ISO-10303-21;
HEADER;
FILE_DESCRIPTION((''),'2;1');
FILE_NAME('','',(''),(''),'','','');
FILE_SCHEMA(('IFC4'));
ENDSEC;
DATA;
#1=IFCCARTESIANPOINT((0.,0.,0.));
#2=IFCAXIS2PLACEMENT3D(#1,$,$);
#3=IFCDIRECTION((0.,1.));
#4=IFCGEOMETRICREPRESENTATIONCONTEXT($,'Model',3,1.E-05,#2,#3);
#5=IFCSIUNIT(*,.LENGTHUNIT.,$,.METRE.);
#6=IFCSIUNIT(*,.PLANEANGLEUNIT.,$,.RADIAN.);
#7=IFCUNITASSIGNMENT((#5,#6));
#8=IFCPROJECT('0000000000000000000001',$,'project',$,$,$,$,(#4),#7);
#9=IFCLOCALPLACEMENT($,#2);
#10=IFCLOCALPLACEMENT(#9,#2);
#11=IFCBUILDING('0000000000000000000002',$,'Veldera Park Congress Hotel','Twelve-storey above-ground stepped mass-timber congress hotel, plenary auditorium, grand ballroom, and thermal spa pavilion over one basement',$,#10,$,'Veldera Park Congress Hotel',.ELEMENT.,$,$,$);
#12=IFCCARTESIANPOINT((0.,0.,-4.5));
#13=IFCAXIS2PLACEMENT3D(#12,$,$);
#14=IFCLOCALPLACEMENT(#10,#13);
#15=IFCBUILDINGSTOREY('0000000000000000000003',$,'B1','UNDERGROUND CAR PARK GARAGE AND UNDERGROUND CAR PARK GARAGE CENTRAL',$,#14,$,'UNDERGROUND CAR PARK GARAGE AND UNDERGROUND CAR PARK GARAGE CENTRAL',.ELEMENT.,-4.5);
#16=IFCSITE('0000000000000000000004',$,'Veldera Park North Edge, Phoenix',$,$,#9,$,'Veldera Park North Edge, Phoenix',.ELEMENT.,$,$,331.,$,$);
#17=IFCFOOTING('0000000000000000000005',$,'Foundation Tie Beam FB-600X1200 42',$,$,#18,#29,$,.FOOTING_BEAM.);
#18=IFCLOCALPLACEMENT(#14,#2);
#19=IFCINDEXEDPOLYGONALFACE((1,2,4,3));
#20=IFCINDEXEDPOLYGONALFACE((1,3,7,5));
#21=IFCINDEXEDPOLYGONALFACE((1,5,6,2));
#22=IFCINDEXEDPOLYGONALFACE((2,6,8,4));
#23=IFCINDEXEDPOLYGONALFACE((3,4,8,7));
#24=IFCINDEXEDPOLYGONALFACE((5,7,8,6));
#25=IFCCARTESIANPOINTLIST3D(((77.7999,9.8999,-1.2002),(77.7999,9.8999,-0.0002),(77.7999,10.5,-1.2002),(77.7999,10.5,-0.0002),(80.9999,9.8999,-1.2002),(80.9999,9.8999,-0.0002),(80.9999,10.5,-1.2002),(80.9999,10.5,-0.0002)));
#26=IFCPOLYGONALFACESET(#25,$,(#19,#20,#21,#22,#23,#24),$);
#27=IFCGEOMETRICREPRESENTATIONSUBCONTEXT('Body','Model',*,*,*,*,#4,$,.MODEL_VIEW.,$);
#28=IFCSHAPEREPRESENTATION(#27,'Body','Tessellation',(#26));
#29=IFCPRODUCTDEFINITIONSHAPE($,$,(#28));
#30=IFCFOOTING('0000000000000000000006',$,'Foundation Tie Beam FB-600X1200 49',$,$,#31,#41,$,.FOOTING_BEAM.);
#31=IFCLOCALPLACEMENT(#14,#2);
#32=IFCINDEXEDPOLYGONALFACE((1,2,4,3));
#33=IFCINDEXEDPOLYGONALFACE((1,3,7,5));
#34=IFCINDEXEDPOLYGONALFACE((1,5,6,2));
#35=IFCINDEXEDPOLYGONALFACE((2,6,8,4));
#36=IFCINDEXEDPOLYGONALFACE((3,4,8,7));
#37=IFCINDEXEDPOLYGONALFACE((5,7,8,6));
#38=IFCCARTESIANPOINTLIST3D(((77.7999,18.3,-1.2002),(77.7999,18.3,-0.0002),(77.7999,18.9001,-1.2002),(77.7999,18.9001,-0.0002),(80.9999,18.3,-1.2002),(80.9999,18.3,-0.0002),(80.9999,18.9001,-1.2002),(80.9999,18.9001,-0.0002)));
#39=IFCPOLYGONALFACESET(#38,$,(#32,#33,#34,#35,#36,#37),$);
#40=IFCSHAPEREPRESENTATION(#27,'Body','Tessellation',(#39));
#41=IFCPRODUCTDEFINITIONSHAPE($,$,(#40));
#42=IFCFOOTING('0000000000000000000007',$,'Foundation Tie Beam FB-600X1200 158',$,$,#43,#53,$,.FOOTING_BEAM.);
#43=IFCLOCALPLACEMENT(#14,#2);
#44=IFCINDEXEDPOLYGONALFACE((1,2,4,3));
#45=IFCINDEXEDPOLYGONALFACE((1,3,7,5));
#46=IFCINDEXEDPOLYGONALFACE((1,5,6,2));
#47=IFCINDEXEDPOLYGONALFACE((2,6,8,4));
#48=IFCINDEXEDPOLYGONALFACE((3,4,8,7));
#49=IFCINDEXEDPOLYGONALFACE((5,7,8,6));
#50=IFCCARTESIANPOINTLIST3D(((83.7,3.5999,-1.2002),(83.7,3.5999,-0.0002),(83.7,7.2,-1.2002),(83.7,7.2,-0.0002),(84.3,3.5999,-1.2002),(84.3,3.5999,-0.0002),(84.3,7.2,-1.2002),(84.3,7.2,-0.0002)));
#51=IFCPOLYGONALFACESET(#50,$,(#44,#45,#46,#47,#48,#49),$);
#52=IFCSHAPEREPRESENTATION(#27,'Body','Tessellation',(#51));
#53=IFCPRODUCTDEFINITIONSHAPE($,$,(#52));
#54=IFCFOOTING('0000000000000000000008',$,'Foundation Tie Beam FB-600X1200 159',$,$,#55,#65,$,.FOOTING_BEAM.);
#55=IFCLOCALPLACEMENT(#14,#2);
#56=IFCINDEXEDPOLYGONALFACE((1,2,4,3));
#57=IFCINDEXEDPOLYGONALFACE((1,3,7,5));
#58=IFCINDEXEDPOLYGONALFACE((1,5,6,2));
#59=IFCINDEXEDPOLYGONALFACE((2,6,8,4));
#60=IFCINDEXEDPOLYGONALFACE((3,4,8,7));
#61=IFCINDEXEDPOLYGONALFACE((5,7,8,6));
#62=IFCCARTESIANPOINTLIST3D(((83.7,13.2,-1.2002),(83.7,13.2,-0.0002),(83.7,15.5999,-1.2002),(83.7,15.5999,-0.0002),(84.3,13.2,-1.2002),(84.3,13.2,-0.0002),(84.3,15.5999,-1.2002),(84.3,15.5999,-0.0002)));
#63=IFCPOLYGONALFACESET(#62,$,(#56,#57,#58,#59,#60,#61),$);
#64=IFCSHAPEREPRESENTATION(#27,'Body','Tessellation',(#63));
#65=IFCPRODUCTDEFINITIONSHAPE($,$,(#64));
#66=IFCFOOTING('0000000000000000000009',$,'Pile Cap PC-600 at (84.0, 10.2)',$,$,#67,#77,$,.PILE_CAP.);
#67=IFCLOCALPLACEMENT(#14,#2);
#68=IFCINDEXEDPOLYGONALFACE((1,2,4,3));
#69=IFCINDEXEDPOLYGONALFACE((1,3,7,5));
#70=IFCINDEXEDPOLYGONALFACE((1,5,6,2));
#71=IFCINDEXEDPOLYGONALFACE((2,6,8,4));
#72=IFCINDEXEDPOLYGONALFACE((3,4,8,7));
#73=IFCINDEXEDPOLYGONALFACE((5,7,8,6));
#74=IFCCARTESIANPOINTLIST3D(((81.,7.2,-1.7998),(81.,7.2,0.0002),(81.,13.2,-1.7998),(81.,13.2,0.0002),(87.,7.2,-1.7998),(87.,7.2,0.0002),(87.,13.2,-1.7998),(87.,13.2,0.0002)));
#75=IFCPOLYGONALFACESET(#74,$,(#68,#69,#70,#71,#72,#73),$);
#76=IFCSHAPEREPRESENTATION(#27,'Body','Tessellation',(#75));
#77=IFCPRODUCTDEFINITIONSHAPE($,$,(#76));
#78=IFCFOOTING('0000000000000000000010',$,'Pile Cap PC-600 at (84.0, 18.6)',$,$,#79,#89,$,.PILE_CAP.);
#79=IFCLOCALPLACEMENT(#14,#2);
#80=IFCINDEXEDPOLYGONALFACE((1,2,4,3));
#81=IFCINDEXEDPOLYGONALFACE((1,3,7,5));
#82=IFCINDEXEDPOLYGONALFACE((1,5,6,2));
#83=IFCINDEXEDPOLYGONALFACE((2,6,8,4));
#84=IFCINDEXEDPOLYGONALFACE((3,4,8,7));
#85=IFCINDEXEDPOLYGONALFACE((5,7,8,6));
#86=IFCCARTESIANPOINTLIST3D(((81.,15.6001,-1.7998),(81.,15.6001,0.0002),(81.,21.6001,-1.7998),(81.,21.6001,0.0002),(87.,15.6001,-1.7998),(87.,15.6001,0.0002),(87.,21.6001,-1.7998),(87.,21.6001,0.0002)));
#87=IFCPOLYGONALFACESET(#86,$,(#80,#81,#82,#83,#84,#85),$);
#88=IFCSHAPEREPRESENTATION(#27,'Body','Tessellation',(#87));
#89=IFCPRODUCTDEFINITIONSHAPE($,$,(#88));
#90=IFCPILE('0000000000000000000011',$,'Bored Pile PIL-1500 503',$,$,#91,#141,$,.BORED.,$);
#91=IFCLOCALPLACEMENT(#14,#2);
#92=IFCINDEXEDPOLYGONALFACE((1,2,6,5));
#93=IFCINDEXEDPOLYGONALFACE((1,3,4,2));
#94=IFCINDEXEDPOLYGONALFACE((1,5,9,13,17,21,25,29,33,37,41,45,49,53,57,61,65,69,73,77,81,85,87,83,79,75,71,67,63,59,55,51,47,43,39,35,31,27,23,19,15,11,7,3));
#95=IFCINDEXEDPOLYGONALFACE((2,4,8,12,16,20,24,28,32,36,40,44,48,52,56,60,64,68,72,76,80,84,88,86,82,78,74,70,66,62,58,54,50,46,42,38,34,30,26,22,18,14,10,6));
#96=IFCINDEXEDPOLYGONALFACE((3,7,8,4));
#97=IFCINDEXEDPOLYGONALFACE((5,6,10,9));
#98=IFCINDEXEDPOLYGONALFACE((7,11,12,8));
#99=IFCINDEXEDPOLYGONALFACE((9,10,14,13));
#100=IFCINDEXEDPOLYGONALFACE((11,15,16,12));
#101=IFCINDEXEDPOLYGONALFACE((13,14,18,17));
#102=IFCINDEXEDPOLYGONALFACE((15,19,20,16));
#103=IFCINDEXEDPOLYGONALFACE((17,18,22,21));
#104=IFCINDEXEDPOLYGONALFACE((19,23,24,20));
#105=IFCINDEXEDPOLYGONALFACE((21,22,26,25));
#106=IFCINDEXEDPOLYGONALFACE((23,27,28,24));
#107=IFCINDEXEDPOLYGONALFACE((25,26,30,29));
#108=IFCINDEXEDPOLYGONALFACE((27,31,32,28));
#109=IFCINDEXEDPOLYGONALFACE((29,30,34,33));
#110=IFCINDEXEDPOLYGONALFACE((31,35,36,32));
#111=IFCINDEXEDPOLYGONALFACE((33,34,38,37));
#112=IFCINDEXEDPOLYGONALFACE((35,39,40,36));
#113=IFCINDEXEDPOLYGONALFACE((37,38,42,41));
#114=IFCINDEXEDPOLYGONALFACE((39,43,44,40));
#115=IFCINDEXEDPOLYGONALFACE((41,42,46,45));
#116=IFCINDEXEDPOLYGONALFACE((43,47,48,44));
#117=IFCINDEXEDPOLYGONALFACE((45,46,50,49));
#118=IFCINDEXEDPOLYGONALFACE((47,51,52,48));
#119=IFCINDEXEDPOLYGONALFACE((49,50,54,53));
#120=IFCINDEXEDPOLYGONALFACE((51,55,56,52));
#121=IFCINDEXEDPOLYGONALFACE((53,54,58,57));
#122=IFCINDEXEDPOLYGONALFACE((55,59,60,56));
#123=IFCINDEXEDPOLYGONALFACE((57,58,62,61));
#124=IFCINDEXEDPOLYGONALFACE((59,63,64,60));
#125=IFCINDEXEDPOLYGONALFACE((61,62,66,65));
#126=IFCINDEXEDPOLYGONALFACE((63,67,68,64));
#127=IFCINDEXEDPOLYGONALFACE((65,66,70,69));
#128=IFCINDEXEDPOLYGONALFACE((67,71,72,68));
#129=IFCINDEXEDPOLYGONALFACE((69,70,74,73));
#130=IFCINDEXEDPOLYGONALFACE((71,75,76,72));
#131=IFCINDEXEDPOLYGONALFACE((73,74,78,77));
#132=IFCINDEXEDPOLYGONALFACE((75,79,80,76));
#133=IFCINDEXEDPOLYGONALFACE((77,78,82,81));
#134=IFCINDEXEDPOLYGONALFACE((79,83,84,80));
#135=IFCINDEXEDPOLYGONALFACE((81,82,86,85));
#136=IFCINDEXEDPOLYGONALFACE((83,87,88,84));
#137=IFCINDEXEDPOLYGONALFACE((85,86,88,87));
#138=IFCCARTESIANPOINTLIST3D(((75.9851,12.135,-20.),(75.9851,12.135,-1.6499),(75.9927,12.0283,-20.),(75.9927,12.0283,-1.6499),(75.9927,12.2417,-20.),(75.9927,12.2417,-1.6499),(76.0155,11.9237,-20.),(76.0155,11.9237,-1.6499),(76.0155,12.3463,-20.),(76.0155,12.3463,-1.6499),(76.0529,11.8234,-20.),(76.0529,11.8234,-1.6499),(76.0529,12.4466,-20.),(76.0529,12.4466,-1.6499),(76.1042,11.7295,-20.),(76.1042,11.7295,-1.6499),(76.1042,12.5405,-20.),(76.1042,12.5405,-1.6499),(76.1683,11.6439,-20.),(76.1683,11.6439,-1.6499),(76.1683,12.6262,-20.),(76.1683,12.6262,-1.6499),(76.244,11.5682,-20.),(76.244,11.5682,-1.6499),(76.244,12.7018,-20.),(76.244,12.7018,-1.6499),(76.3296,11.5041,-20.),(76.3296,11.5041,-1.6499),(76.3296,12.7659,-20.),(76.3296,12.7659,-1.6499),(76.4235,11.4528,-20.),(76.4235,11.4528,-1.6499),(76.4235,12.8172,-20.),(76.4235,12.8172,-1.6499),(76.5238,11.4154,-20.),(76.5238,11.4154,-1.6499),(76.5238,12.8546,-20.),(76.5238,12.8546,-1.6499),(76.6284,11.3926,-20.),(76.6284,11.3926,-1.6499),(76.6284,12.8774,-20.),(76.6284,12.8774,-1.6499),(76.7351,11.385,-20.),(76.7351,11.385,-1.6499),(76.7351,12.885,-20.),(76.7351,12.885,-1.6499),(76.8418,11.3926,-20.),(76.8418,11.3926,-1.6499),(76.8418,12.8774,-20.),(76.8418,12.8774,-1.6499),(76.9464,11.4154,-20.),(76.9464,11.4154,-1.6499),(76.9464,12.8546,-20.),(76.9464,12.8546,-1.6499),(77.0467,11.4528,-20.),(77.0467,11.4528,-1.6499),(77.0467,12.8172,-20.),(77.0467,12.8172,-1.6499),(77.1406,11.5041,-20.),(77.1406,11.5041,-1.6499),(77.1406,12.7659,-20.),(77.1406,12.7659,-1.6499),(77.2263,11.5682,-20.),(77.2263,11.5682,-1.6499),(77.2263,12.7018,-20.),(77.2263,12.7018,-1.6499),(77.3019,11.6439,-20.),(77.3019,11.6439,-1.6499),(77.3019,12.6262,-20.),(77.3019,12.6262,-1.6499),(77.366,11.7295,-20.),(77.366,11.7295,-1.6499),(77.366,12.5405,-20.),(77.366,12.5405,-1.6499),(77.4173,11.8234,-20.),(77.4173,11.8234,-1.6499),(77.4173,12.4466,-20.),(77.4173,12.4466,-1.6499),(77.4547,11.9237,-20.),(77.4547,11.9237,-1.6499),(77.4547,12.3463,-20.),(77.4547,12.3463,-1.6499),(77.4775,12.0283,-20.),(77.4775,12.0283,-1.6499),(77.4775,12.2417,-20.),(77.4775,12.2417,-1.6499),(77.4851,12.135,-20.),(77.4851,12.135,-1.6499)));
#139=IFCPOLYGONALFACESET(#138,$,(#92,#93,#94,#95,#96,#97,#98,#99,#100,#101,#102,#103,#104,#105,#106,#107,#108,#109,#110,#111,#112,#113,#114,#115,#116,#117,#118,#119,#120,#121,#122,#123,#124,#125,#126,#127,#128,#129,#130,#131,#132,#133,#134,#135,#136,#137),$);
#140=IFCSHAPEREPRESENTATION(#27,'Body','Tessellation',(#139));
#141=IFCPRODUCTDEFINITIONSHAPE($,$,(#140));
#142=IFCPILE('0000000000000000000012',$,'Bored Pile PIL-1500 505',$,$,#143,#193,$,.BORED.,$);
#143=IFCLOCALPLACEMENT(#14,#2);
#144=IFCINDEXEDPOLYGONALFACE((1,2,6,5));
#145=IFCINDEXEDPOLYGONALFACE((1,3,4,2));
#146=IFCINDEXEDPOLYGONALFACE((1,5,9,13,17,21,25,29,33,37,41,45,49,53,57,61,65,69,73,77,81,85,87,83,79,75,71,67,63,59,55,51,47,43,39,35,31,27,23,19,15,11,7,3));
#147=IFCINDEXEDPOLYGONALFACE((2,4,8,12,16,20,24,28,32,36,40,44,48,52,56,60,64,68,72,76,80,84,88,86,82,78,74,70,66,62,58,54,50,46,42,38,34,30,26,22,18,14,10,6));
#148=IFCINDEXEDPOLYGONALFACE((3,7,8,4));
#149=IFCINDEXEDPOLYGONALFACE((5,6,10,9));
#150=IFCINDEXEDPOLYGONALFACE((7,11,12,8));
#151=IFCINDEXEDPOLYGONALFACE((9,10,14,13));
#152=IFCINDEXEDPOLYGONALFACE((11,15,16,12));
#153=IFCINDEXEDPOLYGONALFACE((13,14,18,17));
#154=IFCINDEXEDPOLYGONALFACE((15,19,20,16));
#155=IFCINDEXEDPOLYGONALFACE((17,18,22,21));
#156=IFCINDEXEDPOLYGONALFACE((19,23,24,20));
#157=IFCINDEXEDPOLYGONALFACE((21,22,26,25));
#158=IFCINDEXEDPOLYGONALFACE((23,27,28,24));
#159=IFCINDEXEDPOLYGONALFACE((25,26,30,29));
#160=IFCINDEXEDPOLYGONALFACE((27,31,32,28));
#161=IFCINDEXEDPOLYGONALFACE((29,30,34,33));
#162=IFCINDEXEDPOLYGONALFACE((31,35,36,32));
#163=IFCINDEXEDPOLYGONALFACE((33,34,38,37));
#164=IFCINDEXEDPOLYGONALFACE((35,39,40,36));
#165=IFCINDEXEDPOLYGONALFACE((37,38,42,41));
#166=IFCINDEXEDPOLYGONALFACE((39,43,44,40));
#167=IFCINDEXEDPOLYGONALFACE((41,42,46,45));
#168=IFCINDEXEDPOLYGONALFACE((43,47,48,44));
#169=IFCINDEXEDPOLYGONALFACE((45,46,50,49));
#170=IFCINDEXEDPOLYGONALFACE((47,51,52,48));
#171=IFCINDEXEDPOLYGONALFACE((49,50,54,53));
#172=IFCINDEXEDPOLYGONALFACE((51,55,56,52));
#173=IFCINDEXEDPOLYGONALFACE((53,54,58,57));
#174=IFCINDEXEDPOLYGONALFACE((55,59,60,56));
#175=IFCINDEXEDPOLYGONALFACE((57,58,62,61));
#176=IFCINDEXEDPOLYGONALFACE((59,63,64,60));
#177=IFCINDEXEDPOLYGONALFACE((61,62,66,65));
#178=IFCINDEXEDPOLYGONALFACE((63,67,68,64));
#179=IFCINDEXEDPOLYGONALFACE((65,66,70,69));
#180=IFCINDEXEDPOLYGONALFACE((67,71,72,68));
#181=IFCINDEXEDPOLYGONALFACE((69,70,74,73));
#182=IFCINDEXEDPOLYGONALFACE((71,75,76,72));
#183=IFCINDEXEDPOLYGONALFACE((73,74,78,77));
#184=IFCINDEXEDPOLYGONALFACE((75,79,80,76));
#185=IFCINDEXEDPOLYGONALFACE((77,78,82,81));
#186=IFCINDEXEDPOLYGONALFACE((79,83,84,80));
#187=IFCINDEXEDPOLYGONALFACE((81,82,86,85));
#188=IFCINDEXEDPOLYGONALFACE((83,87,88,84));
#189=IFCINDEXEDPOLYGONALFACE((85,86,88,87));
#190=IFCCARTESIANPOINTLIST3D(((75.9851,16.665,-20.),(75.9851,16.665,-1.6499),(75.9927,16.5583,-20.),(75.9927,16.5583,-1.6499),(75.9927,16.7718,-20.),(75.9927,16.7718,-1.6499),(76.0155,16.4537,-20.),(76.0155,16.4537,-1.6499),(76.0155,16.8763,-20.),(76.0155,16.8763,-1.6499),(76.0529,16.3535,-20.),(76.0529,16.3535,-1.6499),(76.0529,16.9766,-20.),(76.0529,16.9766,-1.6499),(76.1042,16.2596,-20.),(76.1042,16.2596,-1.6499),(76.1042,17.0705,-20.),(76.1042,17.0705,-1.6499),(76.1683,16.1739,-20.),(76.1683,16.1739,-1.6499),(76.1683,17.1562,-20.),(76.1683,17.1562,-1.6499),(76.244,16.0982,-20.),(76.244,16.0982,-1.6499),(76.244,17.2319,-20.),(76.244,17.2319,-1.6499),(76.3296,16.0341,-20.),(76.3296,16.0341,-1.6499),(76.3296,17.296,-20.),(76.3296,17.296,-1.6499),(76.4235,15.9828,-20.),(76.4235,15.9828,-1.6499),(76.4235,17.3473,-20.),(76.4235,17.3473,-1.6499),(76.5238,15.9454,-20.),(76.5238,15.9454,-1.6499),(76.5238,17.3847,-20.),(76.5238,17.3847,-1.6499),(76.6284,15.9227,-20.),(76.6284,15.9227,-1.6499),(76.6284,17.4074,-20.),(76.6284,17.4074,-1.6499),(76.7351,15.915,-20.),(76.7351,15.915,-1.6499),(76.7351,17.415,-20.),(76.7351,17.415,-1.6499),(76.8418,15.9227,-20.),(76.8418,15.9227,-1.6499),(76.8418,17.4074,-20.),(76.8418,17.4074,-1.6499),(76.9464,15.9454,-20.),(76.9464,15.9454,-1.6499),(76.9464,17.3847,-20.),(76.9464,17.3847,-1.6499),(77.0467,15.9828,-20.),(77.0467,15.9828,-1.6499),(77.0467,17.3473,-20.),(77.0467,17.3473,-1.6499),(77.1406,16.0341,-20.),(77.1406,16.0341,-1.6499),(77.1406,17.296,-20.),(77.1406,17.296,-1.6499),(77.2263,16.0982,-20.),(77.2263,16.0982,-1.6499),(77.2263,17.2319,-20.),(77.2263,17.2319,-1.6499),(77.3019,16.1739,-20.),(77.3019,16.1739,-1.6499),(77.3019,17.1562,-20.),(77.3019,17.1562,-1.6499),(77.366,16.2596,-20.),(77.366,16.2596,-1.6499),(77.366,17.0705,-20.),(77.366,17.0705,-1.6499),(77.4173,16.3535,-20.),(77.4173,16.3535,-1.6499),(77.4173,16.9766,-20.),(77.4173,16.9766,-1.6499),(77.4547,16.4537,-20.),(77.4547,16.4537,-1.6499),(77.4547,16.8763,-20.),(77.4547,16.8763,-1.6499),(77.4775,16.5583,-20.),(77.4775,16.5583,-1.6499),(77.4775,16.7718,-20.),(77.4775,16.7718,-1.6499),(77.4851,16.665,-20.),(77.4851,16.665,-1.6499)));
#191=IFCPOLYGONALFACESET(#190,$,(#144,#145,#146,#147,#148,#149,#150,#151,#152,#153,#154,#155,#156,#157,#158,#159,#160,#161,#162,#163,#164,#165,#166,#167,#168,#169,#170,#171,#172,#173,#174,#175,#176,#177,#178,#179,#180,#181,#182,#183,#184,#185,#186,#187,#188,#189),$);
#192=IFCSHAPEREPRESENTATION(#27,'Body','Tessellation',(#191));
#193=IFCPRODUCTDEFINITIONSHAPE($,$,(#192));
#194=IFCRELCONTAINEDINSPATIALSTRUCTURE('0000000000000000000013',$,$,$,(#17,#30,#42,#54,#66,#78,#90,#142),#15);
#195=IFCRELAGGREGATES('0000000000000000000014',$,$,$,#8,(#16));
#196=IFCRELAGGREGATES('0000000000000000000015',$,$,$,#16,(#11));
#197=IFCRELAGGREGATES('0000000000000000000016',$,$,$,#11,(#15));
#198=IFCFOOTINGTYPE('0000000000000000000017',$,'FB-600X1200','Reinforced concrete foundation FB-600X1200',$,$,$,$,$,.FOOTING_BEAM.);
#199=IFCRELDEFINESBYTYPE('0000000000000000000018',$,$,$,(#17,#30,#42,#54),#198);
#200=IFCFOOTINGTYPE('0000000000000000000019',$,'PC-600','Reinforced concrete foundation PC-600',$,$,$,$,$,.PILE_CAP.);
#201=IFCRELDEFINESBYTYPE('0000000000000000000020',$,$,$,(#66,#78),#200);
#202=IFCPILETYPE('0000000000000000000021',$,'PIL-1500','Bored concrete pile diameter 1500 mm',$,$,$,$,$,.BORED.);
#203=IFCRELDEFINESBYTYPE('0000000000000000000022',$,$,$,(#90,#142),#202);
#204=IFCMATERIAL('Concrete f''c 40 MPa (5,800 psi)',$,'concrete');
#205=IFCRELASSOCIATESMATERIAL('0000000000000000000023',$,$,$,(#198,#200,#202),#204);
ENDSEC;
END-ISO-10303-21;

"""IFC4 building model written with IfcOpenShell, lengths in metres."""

from ifc_helpers import new_model, si_unit, direction, frame, origin, origin_2d, place, context, subcontext, project, spatial, rectangle, circle, extrude, material, material_profile, profile_set, type_object, element, save


model = new_model("IFC4")

# Units and contexts
model_context = context("Model", 3, precision=1e-05, world=origin(), true_north=direction((0.0, 1.0)))
body_context = subcontext(model_context, "Body", "Model", "MODEL_VIEW")
ifc_project = project(units=[si_unit("LENGTHUNIT", "METRE"), si_unit("PLANEANGLEUNIT", "RADIAN")], contexts=[model_context])

# Site, building, storey
site_placement = place(None, origin())
site = spatial("IfcSite", under=ifc_project, at=site_placement, Name="Veldera Park North Edge, Phoenix", LongName="Veldera Park North Edge, Phoenix", CompositionType="ELEMENT", RefElevation=331.0)
building_placement = place(site_placement, origin())
building = spatial("IfcBuilding", under=site, at=building_placement, Name="Veldera Park Congress Hotel", Description="Twelve-storey above-ground stepped mass-timber congress hotel, plenary auditorium, grand ballroom, and thermal spa pavilion over one basement", LongName="Veldera Park Congress Hotel", CompositionType="ELEMENT")
storey_placement = place(building_placement, frame((0.0, 0.0, -4.5)))
storey = spatial("IfcBuildingStorey", under=building, at=storey_placement, Name="B1", Description="UNDERGROUND CAR PARK GARAGE AND UNDERGROUND CAR PARK GARAGE CENTRAL", LongName="UNDERGROUND CAR PARK GARAGE AND UNDERGROUND CAR PARK GARAGE CENTRAL", CompositionType="ELEMENT", Elevation=-4.5)

# Footings
ifc_material_1 = material(Name="Concrete f'c 40 MPa (5,800 psi)", Category="concrete")
footing_type_1 = type_object("IfcFootingType", Name="FB-600X1200", Description="Reinforced concrete foundation FB-600X1200", PredefinedType="FOOTING_BEAM", material=ifc_material_1)
for number, where, z_axis, x_axis, name in (
    (1, (79.3999, 10.2, -1.2002), (0.0, 0.0, 1.0), (1.0, 0.0, 0.0), "Foundation Tie Beam FB-600X1200 42"),
    (2, (79.3999, 18.6001, -1.2002), (0.0, 0.0, 1.0), (1.0, 0.0, 0.0), "Foundation Tie Beam FB-600X1200 49"),
):
    element("IfcFooting", number, at=place(storey_placement, frame(where, z_axis=z_axis, x_axis=x_axis)), inside=storey, type_object=footing_type_1, Name=name, PredefinedType="FOOTING_BEAM", context=body_context, shape_type="SweptSolid", body=[
        extrude(rectangle(XDim=3.2, YDim=0.6001, at=origin_2d()), origin(), (0.0, 0.0, 1.0), 1.2),
    ])
footing_1_placement = place(storey_placement, frame((84.0, 5.3999, -1.2002), z_axis=(0.0, 0.0, 1.0), x_axis=(0.0, 1.0, 0.0)))
element("IfcFooting", 3, at=footing_1_placement, inside=storey, type_object=footing_type_1, Name="Foundation Tie Beam FB-600X1200 158", PredefinedType="FOOTING_BEAM", context=body_context, shape_type="SweptSolid", body=[
    extrude(rectangle(XDim=3.6001, YDim=0.6001, at=origin_2d()), origin(), (0.0, 0.0, 1.0), 1.2),
])
footing_2_placement = place(storey_placement, frame((84.0, 14.3999, -1.2002), z_axis=(0.0, 0.0, 1.0), x_axis=(0.0, 1.0, 0.0)))
element("IfcFooting", 4, at=footing_2_placement, inside=storey, type_object=footing_type_1, Name="Foundation Tie Beam FB-600X1200 159", PredefinedType="FOOTING_BEAM", context=body_context, shape_type="SweptSolid", body=[
    extrude(rectangle(XDim=2.3999, YDim=0.6001, at=origin_2d()), origin(), (0.0, 0.0, 1.0), 1.2),
])
footing_type_2 = type_object("IfcFootingType", Name="PC-600", Description="Reinforced concrete foundation PC-600", PredefinedType="PILE_CAP", material=ifc_material_1)
for number, where, z_axis, x_axis, name in (
    (5, (84.0, 10.2, -1.7998), (0.0, 0.0, 1.0), (1.0, 0.0, 0.0), "Pile Cap PC-600 at (84.0, 10.2)"),
    (6, (84.0, 18.6001, -1.7998), (0.0, 0.0, 1.0), (1.0, 0.0, 0.0), "Pile Cap PC-600 at (84.0, 18.6)"),
):
    element("IfcFooting", number, at=place(storey_placement, frame(where, z_axis=z_axis, x_axis=x_axis)), inside=storey, type_object=footing_type_2, Name=name, PredefinedType="PILE_CAP", context=body_context, shape_type="SweptSolid", body=[
        extrude(rectangle(XDim=6.0, YDim=6.0, at=origin_2d()), origin(), (0.0, 0.0, 1.0), 1.8),
    ])

# Piles
ifc_material_profile_1 = material_profile(ifc_material_1, circle(Radius=0.75, at=origin_2d()), Name="PILE D1500")
ifc_profile_set_1 = profile_set([ifc_material_profile_1], Name="Concrete f'c 40 MPa (5,800 psi)")
pile_type = type_object("IfcPileType", Name="PIL-1500", Description="Bored concrete pile diameter 1500 mm", PredefinedType="BORED", material=ifc_profile_set_1)
for number, where, z_axis, x_axis, name in (
    (7, (76.7351, 12.135, -1.6499), (0.0, 0.0, -1.0), (1.0, 0.0, 0.0), "Bored Pile PIL-1500 503"),
    (8, (76.7351, 16.665, -1.6499), (0.0, 0.0, -1.0), (1.0, 0.0, 0.0), "Bored Pile PIL-1500 505"),
):
    element("IfcPile", number, at=place(storey_placement, frame(where, z_axis=z_axis, x_axis=x_axis)), inside=storey, type_object=pile_type, Name=name, PredefinedType="BORED", context=body_context, shape_type="SweptSolid", body=[
        extrude(circle(Radius=0.75, at=origin_2d()), origin(), (0.0, 0.0, 1.0), 18.3501),
    ])

save(model, "model.ifc")
